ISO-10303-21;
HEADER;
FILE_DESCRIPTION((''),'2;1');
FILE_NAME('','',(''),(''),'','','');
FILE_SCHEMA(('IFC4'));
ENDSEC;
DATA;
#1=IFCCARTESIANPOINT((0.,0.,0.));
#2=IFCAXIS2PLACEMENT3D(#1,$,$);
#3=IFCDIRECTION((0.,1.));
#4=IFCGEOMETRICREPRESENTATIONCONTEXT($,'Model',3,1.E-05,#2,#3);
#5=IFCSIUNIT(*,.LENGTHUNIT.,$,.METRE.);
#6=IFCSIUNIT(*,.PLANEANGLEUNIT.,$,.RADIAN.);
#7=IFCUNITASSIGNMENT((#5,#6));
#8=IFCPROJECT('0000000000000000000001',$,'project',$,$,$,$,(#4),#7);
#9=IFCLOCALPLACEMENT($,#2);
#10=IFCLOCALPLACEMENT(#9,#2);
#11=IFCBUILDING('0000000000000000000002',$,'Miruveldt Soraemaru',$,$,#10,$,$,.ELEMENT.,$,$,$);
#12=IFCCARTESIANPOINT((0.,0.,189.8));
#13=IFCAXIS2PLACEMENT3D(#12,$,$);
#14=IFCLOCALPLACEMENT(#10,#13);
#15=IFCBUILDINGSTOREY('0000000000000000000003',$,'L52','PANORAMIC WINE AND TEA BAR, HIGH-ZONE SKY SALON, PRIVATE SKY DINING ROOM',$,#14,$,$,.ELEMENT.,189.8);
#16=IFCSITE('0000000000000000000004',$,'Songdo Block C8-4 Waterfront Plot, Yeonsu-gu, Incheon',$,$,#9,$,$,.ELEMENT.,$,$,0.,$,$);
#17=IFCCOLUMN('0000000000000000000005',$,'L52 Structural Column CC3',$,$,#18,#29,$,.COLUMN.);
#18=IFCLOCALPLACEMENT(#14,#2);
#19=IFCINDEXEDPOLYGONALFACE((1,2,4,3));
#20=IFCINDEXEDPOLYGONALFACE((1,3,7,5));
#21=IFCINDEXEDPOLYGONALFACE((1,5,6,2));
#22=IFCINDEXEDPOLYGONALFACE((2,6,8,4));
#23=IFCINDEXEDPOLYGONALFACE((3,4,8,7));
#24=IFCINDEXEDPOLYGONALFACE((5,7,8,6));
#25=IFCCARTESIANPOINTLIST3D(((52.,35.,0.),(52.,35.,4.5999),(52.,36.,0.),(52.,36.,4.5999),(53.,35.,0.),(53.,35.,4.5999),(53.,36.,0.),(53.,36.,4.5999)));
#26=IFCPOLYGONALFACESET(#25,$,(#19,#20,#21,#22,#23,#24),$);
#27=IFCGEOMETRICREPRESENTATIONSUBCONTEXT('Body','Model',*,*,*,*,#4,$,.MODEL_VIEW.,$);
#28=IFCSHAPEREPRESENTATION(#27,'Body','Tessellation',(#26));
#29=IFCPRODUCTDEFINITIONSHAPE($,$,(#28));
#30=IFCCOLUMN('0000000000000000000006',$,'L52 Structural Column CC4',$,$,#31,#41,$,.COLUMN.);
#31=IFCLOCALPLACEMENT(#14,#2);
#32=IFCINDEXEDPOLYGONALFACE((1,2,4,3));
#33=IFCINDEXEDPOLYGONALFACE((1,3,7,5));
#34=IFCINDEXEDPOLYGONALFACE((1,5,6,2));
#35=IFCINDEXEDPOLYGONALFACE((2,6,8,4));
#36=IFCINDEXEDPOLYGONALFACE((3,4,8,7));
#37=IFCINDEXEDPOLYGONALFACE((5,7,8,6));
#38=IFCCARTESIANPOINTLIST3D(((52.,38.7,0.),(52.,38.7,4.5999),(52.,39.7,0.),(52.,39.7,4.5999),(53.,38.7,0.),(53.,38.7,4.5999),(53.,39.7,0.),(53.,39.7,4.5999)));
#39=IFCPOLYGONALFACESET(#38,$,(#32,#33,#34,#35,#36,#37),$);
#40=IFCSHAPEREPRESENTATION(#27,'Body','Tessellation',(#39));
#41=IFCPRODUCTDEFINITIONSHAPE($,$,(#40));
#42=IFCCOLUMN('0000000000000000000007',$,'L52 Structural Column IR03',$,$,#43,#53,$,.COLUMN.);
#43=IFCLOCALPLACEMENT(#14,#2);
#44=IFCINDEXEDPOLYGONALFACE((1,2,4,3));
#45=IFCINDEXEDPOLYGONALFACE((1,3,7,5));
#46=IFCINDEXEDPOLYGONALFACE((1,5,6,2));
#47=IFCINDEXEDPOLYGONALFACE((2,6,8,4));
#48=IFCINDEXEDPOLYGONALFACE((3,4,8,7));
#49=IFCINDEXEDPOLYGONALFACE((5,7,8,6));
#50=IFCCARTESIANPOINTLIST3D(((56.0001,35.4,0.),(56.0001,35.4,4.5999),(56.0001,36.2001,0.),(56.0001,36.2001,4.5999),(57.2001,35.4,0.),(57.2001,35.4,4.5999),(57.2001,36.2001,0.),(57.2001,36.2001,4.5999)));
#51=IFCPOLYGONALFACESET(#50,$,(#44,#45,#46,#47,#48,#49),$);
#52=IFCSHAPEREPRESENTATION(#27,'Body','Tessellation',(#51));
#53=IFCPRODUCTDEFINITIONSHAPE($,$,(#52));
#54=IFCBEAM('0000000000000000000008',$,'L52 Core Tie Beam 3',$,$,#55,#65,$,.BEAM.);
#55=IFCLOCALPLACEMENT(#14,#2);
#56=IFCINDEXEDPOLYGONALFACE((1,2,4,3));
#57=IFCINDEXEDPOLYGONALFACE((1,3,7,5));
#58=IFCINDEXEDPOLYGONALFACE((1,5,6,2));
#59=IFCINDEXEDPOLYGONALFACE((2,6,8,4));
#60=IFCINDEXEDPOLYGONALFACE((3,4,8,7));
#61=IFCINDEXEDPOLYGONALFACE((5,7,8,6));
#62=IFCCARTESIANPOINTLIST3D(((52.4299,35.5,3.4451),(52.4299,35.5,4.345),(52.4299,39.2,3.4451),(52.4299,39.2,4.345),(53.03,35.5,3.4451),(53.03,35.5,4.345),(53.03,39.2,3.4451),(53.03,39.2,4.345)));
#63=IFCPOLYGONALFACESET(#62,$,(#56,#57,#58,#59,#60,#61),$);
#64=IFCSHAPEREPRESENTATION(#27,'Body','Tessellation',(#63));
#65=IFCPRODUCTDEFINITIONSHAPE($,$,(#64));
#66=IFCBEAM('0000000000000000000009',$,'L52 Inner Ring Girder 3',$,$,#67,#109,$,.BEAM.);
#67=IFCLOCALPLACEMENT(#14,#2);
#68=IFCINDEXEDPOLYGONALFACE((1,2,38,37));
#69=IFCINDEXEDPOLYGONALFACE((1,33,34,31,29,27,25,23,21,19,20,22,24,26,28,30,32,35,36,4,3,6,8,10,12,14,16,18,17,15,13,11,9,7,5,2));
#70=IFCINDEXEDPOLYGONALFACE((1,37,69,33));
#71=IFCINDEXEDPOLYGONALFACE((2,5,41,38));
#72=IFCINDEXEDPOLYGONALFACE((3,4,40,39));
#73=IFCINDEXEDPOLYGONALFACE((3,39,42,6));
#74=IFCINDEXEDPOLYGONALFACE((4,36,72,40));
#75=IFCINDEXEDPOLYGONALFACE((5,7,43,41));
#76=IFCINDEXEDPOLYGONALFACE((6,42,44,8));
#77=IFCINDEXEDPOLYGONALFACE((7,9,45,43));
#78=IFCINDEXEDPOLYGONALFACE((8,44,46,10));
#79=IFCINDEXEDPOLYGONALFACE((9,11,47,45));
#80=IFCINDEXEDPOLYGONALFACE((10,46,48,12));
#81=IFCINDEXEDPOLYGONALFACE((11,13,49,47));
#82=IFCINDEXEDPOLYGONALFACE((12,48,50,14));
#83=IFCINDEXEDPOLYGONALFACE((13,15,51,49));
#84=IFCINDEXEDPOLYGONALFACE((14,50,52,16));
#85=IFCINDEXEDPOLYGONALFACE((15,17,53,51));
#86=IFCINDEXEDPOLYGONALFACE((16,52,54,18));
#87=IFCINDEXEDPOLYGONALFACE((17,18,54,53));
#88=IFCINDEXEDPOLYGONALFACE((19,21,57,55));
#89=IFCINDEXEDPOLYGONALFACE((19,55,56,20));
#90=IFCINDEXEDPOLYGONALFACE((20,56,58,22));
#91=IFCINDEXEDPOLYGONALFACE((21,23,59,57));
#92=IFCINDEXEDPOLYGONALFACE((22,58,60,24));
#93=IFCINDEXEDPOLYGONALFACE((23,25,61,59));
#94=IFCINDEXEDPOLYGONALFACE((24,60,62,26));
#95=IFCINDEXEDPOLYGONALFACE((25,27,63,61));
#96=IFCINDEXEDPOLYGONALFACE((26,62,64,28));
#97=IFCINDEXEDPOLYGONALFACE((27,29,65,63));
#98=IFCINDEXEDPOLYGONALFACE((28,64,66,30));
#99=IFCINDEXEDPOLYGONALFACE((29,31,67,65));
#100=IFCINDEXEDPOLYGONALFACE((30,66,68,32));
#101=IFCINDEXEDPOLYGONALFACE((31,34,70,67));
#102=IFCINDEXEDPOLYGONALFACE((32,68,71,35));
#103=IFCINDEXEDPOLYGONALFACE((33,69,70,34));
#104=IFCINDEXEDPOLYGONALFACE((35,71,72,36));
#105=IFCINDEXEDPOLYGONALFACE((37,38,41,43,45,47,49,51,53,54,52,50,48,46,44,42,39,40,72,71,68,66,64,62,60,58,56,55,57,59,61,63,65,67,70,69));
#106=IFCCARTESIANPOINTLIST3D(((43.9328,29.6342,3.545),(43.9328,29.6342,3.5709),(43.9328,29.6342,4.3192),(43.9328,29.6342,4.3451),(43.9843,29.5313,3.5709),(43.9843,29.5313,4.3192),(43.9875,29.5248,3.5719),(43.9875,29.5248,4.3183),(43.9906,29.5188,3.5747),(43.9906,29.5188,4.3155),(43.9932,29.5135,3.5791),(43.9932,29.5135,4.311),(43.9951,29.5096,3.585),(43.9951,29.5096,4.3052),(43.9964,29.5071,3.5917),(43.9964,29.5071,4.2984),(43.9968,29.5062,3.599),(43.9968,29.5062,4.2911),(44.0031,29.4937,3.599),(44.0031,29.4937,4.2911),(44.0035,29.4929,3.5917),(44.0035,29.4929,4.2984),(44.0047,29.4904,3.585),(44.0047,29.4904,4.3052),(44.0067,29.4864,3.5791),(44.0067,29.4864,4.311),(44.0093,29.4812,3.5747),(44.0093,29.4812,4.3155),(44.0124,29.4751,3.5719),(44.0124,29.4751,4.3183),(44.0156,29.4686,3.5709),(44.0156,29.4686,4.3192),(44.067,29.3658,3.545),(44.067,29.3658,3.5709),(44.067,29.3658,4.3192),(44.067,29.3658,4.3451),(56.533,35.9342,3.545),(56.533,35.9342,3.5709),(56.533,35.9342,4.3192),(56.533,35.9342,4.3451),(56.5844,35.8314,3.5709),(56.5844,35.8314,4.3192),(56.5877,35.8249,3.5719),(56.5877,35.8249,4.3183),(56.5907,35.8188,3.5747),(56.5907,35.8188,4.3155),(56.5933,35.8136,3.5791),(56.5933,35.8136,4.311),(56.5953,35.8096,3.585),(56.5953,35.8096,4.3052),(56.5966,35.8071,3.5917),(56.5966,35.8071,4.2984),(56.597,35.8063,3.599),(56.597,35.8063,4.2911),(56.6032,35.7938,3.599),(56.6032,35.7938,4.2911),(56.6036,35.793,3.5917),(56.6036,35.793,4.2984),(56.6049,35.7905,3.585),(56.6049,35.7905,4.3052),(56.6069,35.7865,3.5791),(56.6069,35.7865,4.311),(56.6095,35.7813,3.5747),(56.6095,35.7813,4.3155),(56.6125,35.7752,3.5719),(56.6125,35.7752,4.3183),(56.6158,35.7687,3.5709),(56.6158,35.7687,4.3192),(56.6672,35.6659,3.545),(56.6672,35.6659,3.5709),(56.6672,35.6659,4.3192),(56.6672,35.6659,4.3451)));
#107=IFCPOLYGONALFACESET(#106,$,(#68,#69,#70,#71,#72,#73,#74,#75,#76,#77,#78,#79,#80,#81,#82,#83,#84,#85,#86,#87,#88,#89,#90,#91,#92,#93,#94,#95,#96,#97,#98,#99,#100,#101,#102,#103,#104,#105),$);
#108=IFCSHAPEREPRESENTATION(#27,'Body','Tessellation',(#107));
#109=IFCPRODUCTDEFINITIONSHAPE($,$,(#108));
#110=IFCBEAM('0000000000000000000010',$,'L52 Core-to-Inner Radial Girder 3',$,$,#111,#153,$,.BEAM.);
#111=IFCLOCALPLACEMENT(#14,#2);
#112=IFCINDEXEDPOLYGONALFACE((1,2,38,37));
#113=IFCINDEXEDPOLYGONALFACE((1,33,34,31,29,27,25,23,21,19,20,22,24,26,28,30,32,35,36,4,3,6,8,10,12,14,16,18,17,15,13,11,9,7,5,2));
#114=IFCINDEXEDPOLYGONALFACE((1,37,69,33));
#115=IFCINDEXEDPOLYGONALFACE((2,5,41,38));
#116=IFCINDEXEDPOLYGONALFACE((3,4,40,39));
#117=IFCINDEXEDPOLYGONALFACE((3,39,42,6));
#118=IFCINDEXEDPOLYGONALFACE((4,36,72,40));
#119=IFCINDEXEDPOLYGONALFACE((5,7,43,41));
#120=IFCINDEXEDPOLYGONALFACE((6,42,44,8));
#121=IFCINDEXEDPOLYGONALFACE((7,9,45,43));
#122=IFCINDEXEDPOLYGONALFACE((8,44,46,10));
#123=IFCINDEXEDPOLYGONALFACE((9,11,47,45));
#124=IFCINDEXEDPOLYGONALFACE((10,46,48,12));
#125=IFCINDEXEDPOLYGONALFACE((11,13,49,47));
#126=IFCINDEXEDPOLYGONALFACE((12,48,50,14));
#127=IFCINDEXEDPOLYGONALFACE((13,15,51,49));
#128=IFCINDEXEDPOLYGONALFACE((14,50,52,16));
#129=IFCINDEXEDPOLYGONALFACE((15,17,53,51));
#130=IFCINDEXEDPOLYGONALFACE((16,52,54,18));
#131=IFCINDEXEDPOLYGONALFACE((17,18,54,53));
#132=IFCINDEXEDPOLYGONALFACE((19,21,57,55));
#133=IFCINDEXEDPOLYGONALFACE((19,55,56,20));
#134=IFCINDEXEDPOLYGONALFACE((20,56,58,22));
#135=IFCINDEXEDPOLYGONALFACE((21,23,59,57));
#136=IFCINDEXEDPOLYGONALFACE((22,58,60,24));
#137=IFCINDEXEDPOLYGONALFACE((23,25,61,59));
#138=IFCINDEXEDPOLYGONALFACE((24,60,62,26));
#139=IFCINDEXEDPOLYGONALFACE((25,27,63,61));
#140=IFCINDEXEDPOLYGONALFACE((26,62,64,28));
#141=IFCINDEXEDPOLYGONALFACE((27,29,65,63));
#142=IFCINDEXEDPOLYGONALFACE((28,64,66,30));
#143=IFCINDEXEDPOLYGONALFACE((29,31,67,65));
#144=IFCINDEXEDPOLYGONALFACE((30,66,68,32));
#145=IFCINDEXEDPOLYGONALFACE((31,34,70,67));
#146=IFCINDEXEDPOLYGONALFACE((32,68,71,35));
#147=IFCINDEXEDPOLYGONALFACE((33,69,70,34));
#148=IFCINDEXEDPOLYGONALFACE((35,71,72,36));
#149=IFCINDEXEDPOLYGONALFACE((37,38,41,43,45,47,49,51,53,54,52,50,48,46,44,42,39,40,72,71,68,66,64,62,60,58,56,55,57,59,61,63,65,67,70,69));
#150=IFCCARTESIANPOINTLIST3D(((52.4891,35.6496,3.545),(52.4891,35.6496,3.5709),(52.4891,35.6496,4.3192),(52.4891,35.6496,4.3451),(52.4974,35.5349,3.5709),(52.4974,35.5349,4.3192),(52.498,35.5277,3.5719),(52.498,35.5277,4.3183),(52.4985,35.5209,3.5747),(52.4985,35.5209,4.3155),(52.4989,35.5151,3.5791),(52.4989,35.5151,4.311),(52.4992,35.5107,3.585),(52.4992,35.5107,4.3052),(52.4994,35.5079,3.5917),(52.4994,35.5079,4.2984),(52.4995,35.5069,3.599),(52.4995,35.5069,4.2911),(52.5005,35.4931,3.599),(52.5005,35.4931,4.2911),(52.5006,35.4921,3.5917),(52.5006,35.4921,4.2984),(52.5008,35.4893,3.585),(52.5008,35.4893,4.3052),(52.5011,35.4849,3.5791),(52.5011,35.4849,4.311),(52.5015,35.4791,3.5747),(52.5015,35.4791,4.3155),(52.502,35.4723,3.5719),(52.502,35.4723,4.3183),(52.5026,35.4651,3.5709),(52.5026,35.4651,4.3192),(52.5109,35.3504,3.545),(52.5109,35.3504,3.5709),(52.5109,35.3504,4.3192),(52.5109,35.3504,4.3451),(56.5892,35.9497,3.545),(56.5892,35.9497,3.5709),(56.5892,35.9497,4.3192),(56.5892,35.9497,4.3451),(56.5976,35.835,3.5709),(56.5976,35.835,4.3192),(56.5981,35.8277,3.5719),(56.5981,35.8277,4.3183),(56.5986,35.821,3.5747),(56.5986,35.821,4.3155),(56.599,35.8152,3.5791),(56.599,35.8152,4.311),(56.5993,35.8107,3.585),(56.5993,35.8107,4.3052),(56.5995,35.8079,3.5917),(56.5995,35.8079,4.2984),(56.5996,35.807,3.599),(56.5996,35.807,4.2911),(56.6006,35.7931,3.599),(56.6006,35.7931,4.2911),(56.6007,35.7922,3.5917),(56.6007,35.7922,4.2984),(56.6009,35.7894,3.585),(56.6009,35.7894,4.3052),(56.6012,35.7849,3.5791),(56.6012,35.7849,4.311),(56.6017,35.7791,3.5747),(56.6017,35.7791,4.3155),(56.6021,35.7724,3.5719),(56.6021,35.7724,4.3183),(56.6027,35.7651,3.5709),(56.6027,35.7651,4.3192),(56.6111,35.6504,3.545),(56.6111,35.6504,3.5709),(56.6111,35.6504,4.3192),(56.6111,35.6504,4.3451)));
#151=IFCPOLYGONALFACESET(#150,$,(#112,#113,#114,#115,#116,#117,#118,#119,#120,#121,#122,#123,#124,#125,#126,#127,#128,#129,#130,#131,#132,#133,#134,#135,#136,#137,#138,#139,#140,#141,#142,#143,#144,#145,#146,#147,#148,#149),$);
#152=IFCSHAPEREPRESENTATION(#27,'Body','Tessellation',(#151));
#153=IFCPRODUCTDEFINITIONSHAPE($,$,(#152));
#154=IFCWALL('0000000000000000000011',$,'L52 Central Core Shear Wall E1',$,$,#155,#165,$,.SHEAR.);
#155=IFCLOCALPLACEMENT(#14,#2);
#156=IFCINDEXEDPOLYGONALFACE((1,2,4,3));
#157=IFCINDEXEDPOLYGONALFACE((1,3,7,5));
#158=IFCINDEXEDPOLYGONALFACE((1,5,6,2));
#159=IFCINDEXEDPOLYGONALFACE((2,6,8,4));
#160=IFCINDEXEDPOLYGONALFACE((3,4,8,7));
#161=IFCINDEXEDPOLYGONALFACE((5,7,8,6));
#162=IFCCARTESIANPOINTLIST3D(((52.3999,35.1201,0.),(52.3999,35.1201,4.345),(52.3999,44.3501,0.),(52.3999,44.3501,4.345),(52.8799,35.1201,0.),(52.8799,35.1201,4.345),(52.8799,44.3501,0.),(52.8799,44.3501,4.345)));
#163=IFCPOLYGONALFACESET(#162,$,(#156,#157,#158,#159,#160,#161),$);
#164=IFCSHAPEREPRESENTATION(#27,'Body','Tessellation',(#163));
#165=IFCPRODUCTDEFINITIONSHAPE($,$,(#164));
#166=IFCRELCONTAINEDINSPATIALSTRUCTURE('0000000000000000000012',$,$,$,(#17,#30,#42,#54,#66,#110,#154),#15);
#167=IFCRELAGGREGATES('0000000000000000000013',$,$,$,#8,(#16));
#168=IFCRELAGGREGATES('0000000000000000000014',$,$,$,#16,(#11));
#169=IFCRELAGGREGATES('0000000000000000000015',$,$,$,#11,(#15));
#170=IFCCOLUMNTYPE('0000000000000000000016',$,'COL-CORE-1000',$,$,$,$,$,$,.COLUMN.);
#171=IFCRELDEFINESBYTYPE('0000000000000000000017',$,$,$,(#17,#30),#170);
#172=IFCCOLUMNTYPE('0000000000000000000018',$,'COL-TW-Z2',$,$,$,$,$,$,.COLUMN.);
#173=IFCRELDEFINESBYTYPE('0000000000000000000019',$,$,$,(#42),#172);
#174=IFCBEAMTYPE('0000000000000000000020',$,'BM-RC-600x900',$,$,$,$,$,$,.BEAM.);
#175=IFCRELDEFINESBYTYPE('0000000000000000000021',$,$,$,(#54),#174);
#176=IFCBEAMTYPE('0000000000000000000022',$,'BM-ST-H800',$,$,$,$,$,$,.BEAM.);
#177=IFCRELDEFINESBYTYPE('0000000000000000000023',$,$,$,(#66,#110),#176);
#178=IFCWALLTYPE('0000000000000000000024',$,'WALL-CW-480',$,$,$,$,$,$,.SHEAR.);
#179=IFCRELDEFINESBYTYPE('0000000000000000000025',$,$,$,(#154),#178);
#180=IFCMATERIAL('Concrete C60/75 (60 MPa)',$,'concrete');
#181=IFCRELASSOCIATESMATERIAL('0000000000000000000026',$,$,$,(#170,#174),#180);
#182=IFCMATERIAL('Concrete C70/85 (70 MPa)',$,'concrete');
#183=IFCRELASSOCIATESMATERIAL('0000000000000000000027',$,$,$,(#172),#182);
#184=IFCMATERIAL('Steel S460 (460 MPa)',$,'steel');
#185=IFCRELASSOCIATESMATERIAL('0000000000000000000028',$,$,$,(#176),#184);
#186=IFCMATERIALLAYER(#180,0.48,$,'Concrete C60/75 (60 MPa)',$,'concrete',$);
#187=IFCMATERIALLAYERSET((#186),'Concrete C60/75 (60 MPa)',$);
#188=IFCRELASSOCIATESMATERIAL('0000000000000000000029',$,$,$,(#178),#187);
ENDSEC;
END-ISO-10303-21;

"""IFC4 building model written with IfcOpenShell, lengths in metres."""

from ifc_helpers import new_model, si_unit, direction, frame, frame_2d, origin, origin_2d, place, context, subcontext, project, spatial, rectangle, i_section, extrude, material, layer, layer_set, material_profile, profile_set, type_object, element, save


model = new_model("IFC4")

# Units and contexts
model_context = context("Model", 3, precision=1e-05, world=origin(), true_north=direction((0.0, 1.0)))
body_context = subcontext(model_context, "Body", "Model", "MODEL_VIEW")
ifc_project = project(units=[si_unit("LENGTHUNIT", "METRE"), si_unit("PLANEANGLEUNIT", "RADIAN")], contexts=[model_context])

# Site, building, storey
site_placement = place(None, origin())
site = spatial("IfcSite", under=ifc_project, at=site_placement, Name="Songdo Block C8-4 Waterfront Plot, Yeonsu-gu, Incheon", CompositionType="ELEMENT", RefElevation=0.0)
building_placement = place(site_placement, origin())
building = spatial("IfcBuilding", under=site, at=building_placement, Name="Miruveldt Soraemaru", CompositionType="ELEMENT")
storey_placement = place(building_placement, frame((0.0, 0.0, 189.8)))
storey = spatial("IfcBuildingStorey", under=building, at=storey_placement, Name="L52", Description="PANORAMIC WINE AND TEA BAR, HIGH-ZONE SKY SALON, PRIVATE SKY DINING ROOM", CompositionType="ELEMENT", Elevation=189.8)

# Columns
ifc_material_1 = material(Name="Concrete C60/75 (60 MPa)", Category="concrete")
ifc_material_profile_1 = material_profile(ifc_material_1, rectangle(XDim=1.0, YDim=1.0, at=origin_2d()), Name="Concrete C60/75 (60 MPa)", Category="concrete")
ifc_profile_set_1 = profile_set([ifc_material_profile_1], Name="Concrete C60/75 (60 MPa)")
column_type_1 = type_object("IfcColumnType", Name="COL-CORE-1000", PredefinedType="COLUMN", material=ifc_profile_set_1)
for number, where, z_axis, x_axis, name in (
    (1, (52.5, 35.5, 0.0), (0.0, 0.0, 1.0), (1.0, 0.0, 0.0), "L52 Structural Column CC3"),
    (2, (52.5, 39.2, 0.0), (0.0, 0.0, 1.0), (1.0, 0.0, 0.0), "L52 Structural Column CC4"),
):
    element("IfcColumn", number, at=place(storey_placement, frame(where, z_axis=z_axis, x_axis=x_axis)), inside=storey, type_object=column_type_1, Name=name, PredefinedType="COLUMN", context=body_context, shape_type="SweptSolid", body=[
        extrude(rectangle(XDim=1.0, YDim=1.0, at=origin_2d()), origin(), (0.0, 0.0, 1.0), 4.5999),
    ])
ifc_material_2 = material(Name="Concrete C70/85 (70 MPa)", Category="concrete")
ifc_material_profile_2 = material_profile(ifc_material_2, rectangle(XDim=1.2, YDim=0.8, at=origin_2d()), Name="Concrete C70/85 (70 MPa)", Category="concrete")
ifc_profile_set_2 = profile_set([ifc_material_profile_2], Name="Concrete C70/85 (70 MPa)")
column_type_2 = type_object("IfcColumnType", Name="COL-TW-Z2", PredefinedType="COLUMN", material=ifc_profile_set_2)
column_placement = place(storey_placement, frame((56.6001, 35.8, 0.0), z_axis=(0.0, 0.0, 1.0), x_axis=(1.0, 0.0, 0.0)))
element("IfcColumn", 3, at=column_placement, inside=storey, type_object=column_type_2, Name="L52 Structural Column IR03", PredefinedType="COLUMN", context=body_context, shape_type="SweptSolid", body=[
    extrude(rectangle(XDim=1.2, YDim=0.8, at=origin_2d()), origin(), (0.0, 0.0, 1.0), 4.5999),
])

# Beams
ifc_material_profile_3 = material_profile(ifc_material_1, rectangle(XDim=0.6001, YDim=0.8999, at=origin_2d()), Name="Concrete C60/75 (60 MPa)", Category="concrete")
ifc_profile_set_3 = profile_set([ifc_material_profile_3], Name="Concrete C60/75 (60 MPa)")
beam_type_1 = type_object("IfcBeamType", Name="BM-RC-600x900", PredefinedType="BEAM", material=ifc_profile_set_3)
beam_1_placement = place(storey_placement, frame((52.73, 35.5, 3.895), z_axis=(0.0, 1.0, 0.0), x_axis=(-1.0, 0.0, 0.0)))
element("IfcBeam", 4, at=beam_1_placement, inside=storey, type_object=beam_type_1, Name="L52 Core Tie Beam 3", PredefinedType="BEAM", context=body_context, shape_type="SweptSolid", body=[
    extrude(rectangle(XDim=0.6001, YDim=0.8999, at=origin_2d()), origin(), (0.0, 0.0, 1.0), 3.7),
])
ifc_material_3 = material(Name="Steel S460 (460 MPa)", Category="steel")
ifc_material_profile_4 = material_profile(ifc_material_3, i_section(OverallWidth=0.3, OverallDepth=0.8, WebThickness=0.0139, FlangeThickness=0.0259, FilletRadius=0.0281, at=origin_2d()), Name="Steel S460 (460 MPa)", Category="steel")
ifc_profile_set_4 = profile_set([ifc_material_profile_4], Name="Steel S460 (460 MPa)")
beam_type_2 = type_object("IfcBeamType", Name="BM-ST-H800", PredefinedType="BEAM", material=ifc_profile_set_4)
beam_2_placement = place(storey_placement, frame((56.6001, 35.8, 3.9451), z_axis=(-0.894427, -0.447214, 0.0), x_axis=(0.447214, -0.894427, 0.0)))
element("IfcBeam", 5, at=beam_2_placement, inside=storey, type_object=beam_type_2, Name="L52 Inner Ring Girder 3", PredefinedType="BEAM", context=body_context, shape_type="SweptSolid", body=[
    extrude(i_section(OverallWidth=0.3, OverallDepth=0.8, WebThickness=0.0139, FlangeThickness=0.0259, FilletRadius=0.0281, at=origin_2d()), origin(), (0.0, 0.0, 1.0), 14.0874),
])
beam_3_placement = place(storey_placement, frame((52.5, 35.5, 3.9451), z_axis=(0.997333, 0.072986, 0.0), x_axis=(-0.072986, 0.997333, 0.0)))
element("IfcBeam", 6, at=beam_3_placement, inside=storey, type_object=beam_type_2, Name="L52 Core-to-Inner Radial Girder 3", PredefinedType="BEAM", context=body_context, shape_type="SweptSolid", body=[
    extrude(i_section(OverallWidth=0.3, OverallDepth=0.8, WebThickness=0.0139, FlangeThickness=0.0259, FilletRadius=0.0281, at=origin_2d()), origin(), (0.0, 0.0, 1.0), 4.1111),
])

# Wall
ifc_layer_1 = layer(ifc_material_1, 0.48, Name="Concrete C60/75 (60 MPa)", Category="concrete")
ifc_layer_set_1 = layer_set([ifc_layer_1], Name="Concrete C60/75 (60 MPa)")
wall_type_1 = type_object("IfcWallType", Name="WALL-CW-480", PredefinedType="SHEAR", material=ifc_layer_set_1)
wall_1_placement = place(storey_placement, frame((52.6399, 35.1201, 0.0), z_axis=(0.0, 0.0, 1.0), x_axis=(0.0, 1.0, 0.0)))
element("IfcWall", 7, at=wall_1_placement, inside=storey, type_object=wall_type_1, Name="L52 Central Core Shear Wall E1", PredefinedType="SHEAR", context=body_context, shape_type="SweptSolid", body=[
    extrude(rectangle(XDim=9.23, YDim=0.48, at=frame_2d((4.615, 0.0))), origin(), (0.0, 0.0, 1.0), 4.345),
])

save(model, "model.ifc")
